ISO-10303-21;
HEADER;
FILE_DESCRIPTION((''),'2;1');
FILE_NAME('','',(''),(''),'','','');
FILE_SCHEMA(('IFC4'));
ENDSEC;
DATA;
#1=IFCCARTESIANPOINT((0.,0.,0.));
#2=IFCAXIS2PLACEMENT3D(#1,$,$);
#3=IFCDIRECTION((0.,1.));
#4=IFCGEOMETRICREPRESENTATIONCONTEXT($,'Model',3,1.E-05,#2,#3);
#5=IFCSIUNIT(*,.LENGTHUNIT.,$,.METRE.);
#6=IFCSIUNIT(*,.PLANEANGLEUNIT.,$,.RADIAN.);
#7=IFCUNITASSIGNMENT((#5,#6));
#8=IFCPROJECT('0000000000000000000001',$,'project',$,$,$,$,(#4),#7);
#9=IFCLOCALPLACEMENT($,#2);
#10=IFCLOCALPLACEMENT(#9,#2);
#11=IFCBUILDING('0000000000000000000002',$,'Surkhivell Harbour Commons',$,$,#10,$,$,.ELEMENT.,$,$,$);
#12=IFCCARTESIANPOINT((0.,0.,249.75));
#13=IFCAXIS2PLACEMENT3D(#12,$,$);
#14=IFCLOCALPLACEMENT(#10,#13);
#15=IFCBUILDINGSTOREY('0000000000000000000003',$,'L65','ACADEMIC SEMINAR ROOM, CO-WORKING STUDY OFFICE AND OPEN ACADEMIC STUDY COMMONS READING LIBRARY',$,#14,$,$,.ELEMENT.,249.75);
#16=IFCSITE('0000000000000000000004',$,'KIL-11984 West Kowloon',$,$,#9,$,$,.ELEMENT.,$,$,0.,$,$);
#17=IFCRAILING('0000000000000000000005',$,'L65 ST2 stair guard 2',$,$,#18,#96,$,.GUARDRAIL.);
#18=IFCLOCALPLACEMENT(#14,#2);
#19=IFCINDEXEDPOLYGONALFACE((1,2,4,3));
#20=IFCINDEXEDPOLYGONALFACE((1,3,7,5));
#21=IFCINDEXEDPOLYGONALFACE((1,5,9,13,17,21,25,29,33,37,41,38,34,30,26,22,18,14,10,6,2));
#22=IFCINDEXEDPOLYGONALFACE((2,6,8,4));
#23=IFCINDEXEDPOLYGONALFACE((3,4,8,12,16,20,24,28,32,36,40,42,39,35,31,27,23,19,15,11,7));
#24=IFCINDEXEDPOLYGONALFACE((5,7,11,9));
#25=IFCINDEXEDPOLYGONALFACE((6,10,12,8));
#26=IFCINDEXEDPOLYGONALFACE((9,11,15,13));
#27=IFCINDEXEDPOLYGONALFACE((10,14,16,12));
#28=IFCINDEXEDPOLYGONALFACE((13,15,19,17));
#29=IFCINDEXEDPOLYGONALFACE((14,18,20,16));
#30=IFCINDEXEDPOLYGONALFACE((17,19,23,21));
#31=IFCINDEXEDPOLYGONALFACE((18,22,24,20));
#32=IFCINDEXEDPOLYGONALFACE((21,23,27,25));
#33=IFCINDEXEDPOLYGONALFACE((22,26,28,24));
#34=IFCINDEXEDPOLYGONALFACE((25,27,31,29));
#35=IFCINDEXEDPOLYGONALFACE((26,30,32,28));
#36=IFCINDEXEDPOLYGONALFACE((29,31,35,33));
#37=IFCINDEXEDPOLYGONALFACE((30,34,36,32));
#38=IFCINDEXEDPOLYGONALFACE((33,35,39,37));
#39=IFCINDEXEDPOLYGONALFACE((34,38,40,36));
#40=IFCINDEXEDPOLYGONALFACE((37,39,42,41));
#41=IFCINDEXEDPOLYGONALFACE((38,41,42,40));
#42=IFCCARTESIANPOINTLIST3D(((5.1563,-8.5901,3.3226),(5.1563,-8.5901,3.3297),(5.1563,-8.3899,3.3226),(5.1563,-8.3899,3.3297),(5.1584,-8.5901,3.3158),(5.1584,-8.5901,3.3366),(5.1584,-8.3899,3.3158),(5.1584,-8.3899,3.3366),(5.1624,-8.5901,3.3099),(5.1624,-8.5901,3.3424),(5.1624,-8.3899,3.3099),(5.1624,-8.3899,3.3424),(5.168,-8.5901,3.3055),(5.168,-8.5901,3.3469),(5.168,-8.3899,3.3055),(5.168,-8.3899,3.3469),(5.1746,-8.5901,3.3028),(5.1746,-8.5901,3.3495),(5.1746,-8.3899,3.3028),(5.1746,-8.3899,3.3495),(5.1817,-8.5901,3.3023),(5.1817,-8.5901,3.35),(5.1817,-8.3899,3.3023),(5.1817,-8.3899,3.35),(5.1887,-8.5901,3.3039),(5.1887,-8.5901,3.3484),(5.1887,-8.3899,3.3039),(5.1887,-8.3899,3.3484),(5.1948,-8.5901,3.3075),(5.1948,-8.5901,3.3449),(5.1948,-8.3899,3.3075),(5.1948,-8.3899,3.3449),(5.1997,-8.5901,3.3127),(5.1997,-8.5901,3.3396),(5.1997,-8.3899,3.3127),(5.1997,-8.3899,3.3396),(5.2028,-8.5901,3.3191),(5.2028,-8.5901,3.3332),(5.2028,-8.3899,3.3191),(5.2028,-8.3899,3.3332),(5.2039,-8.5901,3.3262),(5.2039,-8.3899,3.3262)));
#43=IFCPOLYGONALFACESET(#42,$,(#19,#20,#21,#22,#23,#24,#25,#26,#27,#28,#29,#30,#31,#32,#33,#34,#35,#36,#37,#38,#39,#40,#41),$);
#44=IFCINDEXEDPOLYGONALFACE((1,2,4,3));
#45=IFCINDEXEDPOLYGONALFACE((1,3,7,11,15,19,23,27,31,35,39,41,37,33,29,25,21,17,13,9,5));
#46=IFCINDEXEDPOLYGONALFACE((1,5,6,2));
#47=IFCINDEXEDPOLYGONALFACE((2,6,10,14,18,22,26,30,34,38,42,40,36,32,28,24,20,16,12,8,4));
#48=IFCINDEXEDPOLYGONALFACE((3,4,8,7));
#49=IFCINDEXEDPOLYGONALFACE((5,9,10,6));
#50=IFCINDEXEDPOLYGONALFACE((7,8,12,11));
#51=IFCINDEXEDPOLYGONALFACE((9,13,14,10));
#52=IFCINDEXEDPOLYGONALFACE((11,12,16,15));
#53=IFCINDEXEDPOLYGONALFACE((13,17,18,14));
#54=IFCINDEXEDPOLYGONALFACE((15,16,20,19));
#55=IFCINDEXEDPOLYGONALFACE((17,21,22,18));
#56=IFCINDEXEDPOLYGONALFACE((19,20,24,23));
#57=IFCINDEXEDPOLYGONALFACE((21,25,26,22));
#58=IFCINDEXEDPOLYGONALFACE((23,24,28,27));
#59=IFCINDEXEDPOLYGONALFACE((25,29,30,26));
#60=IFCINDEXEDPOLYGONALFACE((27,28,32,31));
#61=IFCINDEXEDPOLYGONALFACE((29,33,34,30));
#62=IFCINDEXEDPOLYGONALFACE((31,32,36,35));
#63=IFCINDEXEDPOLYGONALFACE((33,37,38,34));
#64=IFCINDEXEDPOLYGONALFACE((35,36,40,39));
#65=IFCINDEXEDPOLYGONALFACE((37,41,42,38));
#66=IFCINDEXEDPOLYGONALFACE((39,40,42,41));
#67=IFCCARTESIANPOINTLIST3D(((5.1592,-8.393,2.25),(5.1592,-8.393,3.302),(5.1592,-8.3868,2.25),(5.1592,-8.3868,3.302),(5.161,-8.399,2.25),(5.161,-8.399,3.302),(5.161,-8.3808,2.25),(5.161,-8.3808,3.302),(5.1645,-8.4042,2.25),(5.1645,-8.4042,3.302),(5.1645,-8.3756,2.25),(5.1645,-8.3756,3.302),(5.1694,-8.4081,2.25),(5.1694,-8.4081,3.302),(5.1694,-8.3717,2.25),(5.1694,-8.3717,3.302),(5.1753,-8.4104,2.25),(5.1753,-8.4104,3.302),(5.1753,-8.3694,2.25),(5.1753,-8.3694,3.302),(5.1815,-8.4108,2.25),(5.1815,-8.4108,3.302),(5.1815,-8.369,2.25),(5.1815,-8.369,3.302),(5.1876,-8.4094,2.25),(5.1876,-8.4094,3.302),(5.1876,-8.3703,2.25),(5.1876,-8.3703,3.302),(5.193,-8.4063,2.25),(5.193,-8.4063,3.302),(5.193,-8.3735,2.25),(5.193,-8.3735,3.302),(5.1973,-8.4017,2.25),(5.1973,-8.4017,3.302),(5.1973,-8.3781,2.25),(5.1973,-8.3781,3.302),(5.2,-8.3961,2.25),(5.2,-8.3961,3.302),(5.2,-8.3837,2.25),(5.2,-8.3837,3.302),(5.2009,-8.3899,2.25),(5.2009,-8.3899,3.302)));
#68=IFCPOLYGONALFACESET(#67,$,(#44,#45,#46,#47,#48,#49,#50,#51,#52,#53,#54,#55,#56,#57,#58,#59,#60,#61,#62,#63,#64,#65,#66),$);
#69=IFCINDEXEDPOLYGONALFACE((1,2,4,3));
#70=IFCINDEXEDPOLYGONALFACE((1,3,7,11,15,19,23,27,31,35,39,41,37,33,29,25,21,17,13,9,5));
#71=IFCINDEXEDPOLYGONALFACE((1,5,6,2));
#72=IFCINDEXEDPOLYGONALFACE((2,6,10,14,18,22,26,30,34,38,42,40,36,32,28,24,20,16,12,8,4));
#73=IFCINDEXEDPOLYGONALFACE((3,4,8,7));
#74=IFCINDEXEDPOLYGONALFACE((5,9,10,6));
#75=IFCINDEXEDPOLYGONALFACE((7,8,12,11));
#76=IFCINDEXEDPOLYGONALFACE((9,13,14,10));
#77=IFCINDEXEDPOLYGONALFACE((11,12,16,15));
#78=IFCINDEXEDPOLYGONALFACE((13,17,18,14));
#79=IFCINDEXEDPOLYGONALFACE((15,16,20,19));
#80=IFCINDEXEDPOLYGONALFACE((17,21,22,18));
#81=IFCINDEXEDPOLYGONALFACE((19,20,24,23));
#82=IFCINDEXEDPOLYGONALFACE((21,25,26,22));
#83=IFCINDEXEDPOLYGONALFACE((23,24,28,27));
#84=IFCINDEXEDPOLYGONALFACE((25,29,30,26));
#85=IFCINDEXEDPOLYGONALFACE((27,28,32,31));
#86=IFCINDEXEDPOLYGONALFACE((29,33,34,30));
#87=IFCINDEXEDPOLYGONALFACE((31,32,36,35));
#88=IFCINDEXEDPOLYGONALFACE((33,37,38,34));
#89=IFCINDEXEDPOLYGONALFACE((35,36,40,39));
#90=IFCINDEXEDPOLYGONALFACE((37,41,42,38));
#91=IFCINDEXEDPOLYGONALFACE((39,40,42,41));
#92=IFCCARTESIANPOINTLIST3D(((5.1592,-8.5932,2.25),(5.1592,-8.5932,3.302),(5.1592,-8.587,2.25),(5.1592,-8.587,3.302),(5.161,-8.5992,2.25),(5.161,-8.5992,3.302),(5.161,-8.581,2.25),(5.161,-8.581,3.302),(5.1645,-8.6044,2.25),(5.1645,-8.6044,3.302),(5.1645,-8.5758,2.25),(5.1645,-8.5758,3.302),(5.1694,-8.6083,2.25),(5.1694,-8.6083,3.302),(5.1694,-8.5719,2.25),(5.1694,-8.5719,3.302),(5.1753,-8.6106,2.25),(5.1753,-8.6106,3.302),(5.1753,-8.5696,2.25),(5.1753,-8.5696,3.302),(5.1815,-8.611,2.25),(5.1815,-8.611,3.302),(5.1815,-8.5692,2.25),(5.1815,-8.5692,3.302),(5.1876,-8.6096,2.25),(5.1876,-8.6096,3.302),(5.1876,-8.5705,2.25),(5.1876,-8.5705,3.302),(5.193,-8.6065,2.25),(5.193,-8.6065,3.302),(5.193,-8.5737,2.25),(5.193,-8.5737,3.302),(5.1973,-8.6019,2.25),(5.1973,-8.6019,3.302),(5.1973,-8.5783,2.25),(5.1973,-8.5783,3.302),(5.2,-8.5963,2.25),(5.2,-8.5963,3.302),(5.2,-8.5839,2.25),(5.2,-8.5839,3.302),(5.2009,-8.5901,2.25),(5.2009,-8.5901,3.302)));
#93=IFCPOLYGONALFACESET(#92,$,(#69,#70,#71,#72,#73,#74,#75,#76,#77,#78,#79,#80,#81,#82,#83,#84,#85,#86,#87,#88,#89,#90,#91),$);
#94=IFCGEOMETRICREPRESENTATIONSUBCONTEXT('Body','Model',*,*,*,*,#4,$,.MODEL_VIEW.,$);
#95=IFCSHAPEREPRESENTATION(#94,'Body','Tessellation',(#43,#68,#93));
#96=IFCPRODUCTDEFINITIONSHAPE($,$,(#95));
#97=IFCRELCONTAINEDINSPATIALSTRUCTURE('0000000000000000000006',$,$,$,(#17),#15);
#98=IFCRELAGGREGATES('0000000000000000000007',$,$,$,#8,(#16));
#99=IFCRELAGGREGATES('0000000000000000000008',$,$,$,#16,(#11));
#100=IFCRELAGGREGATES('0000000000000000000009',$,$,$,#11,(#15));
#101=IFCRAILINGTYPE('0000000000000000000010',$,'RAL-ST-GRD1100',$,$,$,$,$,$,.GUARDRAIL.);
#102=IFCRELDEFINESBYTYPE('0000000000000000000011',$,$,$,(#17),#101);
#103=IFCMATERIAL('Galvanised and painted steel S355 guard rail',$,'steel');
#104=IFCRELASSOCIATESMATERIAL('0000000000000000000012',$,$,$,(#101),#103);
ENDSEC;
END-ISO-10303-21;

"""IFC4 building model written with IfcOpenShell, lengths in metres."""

from ifc_helpers import new_model, si_unit, direction, frame, origin, origin_2d, place, context, subcontext, project, spatial, circle, extrude, material, type_object, element, save


model = new_model("IFC4")

# Units and contexts
model_context = context("Model", 3, precision=1e-05, world=origin(), true_north=direction((0.0, 1.0)))
body_context = subcontext(model_context, "Body", "Model", "MODEL_VIEW")
ifc_project = project(units=[si_unit("LENGTHUNIT", "METRE"), si_unit("PLANEANGLEUNIT", "RADIAN")], contexts=[model_context])

# Site, building, storey
site_placement = place(None, origin())
site = spatial("IfcSite", under=ifc_project, at=site_placement, Name="KIL-11984 West Kowloon", CompositionType="ELEMENT", RefElevation=0.0)
building_placement = place(site_placement, origin())
building = spatial("IfcBuilding", under=site, at=building_placement, Name="Surkhivell Harbour Commons", CompositionType="ELEMENT")
storey_placement = place(building_placement, frame((0.0, 0.0, 249.75)))
storey = spatial("IfcBuildingStorey", under=building, at=storey_placement, Name="L65", Description="ACADEMIC SEMINAR ROOM, CO-WORKING STUDY OFFICE AND OPEN ACADEMIC STUDY COMMONS READING LIBRARY", CompositionType="ELEMENT", Elevation=249.75)

# Railing
ifc_material_1 = material(Name="Galvanised and painted steel S355 guard rail", Category="steel")
railing_type_1 = type_object("IfcRailingType", Name="RAL-ST-GRD1100", PredefinedType="GUARDRAIL", material=ifc_material_1)
railing_1_placement = place(storey_placement, frame((5.1799, -8.3899, 2.25)))
element("IfcRailing", 1, at=railing_1_placement, inside=storey, type_object=railing_type_1, Name="L65 ST2 stair guard 2", PredefinedType="GUARDRAIL", context=body_context, shape_type="SweptSolid", body=[
    extrude(circle(Radius=0.0239, at=origin_2d()), frame((0.0, 0.0, 1.0762), z_axis=(0.0, -1.0, 0.0), x_axis=(1.0, 0.0, 0.0)), (0.0, 0.0, 1.0), 0.2002),
    extrude(circle(Radius=0.021, at=origin_2d()), origin(), (0.0, 0.0, 1.0), 1.052),
    extrude(circle(Radius=0.021, at=origin_2d()), frame((0.0, -0.2002, 0.0)), (0.0, 0.0, 1.0), 1.052),
])

save(model, "model.ifc")
